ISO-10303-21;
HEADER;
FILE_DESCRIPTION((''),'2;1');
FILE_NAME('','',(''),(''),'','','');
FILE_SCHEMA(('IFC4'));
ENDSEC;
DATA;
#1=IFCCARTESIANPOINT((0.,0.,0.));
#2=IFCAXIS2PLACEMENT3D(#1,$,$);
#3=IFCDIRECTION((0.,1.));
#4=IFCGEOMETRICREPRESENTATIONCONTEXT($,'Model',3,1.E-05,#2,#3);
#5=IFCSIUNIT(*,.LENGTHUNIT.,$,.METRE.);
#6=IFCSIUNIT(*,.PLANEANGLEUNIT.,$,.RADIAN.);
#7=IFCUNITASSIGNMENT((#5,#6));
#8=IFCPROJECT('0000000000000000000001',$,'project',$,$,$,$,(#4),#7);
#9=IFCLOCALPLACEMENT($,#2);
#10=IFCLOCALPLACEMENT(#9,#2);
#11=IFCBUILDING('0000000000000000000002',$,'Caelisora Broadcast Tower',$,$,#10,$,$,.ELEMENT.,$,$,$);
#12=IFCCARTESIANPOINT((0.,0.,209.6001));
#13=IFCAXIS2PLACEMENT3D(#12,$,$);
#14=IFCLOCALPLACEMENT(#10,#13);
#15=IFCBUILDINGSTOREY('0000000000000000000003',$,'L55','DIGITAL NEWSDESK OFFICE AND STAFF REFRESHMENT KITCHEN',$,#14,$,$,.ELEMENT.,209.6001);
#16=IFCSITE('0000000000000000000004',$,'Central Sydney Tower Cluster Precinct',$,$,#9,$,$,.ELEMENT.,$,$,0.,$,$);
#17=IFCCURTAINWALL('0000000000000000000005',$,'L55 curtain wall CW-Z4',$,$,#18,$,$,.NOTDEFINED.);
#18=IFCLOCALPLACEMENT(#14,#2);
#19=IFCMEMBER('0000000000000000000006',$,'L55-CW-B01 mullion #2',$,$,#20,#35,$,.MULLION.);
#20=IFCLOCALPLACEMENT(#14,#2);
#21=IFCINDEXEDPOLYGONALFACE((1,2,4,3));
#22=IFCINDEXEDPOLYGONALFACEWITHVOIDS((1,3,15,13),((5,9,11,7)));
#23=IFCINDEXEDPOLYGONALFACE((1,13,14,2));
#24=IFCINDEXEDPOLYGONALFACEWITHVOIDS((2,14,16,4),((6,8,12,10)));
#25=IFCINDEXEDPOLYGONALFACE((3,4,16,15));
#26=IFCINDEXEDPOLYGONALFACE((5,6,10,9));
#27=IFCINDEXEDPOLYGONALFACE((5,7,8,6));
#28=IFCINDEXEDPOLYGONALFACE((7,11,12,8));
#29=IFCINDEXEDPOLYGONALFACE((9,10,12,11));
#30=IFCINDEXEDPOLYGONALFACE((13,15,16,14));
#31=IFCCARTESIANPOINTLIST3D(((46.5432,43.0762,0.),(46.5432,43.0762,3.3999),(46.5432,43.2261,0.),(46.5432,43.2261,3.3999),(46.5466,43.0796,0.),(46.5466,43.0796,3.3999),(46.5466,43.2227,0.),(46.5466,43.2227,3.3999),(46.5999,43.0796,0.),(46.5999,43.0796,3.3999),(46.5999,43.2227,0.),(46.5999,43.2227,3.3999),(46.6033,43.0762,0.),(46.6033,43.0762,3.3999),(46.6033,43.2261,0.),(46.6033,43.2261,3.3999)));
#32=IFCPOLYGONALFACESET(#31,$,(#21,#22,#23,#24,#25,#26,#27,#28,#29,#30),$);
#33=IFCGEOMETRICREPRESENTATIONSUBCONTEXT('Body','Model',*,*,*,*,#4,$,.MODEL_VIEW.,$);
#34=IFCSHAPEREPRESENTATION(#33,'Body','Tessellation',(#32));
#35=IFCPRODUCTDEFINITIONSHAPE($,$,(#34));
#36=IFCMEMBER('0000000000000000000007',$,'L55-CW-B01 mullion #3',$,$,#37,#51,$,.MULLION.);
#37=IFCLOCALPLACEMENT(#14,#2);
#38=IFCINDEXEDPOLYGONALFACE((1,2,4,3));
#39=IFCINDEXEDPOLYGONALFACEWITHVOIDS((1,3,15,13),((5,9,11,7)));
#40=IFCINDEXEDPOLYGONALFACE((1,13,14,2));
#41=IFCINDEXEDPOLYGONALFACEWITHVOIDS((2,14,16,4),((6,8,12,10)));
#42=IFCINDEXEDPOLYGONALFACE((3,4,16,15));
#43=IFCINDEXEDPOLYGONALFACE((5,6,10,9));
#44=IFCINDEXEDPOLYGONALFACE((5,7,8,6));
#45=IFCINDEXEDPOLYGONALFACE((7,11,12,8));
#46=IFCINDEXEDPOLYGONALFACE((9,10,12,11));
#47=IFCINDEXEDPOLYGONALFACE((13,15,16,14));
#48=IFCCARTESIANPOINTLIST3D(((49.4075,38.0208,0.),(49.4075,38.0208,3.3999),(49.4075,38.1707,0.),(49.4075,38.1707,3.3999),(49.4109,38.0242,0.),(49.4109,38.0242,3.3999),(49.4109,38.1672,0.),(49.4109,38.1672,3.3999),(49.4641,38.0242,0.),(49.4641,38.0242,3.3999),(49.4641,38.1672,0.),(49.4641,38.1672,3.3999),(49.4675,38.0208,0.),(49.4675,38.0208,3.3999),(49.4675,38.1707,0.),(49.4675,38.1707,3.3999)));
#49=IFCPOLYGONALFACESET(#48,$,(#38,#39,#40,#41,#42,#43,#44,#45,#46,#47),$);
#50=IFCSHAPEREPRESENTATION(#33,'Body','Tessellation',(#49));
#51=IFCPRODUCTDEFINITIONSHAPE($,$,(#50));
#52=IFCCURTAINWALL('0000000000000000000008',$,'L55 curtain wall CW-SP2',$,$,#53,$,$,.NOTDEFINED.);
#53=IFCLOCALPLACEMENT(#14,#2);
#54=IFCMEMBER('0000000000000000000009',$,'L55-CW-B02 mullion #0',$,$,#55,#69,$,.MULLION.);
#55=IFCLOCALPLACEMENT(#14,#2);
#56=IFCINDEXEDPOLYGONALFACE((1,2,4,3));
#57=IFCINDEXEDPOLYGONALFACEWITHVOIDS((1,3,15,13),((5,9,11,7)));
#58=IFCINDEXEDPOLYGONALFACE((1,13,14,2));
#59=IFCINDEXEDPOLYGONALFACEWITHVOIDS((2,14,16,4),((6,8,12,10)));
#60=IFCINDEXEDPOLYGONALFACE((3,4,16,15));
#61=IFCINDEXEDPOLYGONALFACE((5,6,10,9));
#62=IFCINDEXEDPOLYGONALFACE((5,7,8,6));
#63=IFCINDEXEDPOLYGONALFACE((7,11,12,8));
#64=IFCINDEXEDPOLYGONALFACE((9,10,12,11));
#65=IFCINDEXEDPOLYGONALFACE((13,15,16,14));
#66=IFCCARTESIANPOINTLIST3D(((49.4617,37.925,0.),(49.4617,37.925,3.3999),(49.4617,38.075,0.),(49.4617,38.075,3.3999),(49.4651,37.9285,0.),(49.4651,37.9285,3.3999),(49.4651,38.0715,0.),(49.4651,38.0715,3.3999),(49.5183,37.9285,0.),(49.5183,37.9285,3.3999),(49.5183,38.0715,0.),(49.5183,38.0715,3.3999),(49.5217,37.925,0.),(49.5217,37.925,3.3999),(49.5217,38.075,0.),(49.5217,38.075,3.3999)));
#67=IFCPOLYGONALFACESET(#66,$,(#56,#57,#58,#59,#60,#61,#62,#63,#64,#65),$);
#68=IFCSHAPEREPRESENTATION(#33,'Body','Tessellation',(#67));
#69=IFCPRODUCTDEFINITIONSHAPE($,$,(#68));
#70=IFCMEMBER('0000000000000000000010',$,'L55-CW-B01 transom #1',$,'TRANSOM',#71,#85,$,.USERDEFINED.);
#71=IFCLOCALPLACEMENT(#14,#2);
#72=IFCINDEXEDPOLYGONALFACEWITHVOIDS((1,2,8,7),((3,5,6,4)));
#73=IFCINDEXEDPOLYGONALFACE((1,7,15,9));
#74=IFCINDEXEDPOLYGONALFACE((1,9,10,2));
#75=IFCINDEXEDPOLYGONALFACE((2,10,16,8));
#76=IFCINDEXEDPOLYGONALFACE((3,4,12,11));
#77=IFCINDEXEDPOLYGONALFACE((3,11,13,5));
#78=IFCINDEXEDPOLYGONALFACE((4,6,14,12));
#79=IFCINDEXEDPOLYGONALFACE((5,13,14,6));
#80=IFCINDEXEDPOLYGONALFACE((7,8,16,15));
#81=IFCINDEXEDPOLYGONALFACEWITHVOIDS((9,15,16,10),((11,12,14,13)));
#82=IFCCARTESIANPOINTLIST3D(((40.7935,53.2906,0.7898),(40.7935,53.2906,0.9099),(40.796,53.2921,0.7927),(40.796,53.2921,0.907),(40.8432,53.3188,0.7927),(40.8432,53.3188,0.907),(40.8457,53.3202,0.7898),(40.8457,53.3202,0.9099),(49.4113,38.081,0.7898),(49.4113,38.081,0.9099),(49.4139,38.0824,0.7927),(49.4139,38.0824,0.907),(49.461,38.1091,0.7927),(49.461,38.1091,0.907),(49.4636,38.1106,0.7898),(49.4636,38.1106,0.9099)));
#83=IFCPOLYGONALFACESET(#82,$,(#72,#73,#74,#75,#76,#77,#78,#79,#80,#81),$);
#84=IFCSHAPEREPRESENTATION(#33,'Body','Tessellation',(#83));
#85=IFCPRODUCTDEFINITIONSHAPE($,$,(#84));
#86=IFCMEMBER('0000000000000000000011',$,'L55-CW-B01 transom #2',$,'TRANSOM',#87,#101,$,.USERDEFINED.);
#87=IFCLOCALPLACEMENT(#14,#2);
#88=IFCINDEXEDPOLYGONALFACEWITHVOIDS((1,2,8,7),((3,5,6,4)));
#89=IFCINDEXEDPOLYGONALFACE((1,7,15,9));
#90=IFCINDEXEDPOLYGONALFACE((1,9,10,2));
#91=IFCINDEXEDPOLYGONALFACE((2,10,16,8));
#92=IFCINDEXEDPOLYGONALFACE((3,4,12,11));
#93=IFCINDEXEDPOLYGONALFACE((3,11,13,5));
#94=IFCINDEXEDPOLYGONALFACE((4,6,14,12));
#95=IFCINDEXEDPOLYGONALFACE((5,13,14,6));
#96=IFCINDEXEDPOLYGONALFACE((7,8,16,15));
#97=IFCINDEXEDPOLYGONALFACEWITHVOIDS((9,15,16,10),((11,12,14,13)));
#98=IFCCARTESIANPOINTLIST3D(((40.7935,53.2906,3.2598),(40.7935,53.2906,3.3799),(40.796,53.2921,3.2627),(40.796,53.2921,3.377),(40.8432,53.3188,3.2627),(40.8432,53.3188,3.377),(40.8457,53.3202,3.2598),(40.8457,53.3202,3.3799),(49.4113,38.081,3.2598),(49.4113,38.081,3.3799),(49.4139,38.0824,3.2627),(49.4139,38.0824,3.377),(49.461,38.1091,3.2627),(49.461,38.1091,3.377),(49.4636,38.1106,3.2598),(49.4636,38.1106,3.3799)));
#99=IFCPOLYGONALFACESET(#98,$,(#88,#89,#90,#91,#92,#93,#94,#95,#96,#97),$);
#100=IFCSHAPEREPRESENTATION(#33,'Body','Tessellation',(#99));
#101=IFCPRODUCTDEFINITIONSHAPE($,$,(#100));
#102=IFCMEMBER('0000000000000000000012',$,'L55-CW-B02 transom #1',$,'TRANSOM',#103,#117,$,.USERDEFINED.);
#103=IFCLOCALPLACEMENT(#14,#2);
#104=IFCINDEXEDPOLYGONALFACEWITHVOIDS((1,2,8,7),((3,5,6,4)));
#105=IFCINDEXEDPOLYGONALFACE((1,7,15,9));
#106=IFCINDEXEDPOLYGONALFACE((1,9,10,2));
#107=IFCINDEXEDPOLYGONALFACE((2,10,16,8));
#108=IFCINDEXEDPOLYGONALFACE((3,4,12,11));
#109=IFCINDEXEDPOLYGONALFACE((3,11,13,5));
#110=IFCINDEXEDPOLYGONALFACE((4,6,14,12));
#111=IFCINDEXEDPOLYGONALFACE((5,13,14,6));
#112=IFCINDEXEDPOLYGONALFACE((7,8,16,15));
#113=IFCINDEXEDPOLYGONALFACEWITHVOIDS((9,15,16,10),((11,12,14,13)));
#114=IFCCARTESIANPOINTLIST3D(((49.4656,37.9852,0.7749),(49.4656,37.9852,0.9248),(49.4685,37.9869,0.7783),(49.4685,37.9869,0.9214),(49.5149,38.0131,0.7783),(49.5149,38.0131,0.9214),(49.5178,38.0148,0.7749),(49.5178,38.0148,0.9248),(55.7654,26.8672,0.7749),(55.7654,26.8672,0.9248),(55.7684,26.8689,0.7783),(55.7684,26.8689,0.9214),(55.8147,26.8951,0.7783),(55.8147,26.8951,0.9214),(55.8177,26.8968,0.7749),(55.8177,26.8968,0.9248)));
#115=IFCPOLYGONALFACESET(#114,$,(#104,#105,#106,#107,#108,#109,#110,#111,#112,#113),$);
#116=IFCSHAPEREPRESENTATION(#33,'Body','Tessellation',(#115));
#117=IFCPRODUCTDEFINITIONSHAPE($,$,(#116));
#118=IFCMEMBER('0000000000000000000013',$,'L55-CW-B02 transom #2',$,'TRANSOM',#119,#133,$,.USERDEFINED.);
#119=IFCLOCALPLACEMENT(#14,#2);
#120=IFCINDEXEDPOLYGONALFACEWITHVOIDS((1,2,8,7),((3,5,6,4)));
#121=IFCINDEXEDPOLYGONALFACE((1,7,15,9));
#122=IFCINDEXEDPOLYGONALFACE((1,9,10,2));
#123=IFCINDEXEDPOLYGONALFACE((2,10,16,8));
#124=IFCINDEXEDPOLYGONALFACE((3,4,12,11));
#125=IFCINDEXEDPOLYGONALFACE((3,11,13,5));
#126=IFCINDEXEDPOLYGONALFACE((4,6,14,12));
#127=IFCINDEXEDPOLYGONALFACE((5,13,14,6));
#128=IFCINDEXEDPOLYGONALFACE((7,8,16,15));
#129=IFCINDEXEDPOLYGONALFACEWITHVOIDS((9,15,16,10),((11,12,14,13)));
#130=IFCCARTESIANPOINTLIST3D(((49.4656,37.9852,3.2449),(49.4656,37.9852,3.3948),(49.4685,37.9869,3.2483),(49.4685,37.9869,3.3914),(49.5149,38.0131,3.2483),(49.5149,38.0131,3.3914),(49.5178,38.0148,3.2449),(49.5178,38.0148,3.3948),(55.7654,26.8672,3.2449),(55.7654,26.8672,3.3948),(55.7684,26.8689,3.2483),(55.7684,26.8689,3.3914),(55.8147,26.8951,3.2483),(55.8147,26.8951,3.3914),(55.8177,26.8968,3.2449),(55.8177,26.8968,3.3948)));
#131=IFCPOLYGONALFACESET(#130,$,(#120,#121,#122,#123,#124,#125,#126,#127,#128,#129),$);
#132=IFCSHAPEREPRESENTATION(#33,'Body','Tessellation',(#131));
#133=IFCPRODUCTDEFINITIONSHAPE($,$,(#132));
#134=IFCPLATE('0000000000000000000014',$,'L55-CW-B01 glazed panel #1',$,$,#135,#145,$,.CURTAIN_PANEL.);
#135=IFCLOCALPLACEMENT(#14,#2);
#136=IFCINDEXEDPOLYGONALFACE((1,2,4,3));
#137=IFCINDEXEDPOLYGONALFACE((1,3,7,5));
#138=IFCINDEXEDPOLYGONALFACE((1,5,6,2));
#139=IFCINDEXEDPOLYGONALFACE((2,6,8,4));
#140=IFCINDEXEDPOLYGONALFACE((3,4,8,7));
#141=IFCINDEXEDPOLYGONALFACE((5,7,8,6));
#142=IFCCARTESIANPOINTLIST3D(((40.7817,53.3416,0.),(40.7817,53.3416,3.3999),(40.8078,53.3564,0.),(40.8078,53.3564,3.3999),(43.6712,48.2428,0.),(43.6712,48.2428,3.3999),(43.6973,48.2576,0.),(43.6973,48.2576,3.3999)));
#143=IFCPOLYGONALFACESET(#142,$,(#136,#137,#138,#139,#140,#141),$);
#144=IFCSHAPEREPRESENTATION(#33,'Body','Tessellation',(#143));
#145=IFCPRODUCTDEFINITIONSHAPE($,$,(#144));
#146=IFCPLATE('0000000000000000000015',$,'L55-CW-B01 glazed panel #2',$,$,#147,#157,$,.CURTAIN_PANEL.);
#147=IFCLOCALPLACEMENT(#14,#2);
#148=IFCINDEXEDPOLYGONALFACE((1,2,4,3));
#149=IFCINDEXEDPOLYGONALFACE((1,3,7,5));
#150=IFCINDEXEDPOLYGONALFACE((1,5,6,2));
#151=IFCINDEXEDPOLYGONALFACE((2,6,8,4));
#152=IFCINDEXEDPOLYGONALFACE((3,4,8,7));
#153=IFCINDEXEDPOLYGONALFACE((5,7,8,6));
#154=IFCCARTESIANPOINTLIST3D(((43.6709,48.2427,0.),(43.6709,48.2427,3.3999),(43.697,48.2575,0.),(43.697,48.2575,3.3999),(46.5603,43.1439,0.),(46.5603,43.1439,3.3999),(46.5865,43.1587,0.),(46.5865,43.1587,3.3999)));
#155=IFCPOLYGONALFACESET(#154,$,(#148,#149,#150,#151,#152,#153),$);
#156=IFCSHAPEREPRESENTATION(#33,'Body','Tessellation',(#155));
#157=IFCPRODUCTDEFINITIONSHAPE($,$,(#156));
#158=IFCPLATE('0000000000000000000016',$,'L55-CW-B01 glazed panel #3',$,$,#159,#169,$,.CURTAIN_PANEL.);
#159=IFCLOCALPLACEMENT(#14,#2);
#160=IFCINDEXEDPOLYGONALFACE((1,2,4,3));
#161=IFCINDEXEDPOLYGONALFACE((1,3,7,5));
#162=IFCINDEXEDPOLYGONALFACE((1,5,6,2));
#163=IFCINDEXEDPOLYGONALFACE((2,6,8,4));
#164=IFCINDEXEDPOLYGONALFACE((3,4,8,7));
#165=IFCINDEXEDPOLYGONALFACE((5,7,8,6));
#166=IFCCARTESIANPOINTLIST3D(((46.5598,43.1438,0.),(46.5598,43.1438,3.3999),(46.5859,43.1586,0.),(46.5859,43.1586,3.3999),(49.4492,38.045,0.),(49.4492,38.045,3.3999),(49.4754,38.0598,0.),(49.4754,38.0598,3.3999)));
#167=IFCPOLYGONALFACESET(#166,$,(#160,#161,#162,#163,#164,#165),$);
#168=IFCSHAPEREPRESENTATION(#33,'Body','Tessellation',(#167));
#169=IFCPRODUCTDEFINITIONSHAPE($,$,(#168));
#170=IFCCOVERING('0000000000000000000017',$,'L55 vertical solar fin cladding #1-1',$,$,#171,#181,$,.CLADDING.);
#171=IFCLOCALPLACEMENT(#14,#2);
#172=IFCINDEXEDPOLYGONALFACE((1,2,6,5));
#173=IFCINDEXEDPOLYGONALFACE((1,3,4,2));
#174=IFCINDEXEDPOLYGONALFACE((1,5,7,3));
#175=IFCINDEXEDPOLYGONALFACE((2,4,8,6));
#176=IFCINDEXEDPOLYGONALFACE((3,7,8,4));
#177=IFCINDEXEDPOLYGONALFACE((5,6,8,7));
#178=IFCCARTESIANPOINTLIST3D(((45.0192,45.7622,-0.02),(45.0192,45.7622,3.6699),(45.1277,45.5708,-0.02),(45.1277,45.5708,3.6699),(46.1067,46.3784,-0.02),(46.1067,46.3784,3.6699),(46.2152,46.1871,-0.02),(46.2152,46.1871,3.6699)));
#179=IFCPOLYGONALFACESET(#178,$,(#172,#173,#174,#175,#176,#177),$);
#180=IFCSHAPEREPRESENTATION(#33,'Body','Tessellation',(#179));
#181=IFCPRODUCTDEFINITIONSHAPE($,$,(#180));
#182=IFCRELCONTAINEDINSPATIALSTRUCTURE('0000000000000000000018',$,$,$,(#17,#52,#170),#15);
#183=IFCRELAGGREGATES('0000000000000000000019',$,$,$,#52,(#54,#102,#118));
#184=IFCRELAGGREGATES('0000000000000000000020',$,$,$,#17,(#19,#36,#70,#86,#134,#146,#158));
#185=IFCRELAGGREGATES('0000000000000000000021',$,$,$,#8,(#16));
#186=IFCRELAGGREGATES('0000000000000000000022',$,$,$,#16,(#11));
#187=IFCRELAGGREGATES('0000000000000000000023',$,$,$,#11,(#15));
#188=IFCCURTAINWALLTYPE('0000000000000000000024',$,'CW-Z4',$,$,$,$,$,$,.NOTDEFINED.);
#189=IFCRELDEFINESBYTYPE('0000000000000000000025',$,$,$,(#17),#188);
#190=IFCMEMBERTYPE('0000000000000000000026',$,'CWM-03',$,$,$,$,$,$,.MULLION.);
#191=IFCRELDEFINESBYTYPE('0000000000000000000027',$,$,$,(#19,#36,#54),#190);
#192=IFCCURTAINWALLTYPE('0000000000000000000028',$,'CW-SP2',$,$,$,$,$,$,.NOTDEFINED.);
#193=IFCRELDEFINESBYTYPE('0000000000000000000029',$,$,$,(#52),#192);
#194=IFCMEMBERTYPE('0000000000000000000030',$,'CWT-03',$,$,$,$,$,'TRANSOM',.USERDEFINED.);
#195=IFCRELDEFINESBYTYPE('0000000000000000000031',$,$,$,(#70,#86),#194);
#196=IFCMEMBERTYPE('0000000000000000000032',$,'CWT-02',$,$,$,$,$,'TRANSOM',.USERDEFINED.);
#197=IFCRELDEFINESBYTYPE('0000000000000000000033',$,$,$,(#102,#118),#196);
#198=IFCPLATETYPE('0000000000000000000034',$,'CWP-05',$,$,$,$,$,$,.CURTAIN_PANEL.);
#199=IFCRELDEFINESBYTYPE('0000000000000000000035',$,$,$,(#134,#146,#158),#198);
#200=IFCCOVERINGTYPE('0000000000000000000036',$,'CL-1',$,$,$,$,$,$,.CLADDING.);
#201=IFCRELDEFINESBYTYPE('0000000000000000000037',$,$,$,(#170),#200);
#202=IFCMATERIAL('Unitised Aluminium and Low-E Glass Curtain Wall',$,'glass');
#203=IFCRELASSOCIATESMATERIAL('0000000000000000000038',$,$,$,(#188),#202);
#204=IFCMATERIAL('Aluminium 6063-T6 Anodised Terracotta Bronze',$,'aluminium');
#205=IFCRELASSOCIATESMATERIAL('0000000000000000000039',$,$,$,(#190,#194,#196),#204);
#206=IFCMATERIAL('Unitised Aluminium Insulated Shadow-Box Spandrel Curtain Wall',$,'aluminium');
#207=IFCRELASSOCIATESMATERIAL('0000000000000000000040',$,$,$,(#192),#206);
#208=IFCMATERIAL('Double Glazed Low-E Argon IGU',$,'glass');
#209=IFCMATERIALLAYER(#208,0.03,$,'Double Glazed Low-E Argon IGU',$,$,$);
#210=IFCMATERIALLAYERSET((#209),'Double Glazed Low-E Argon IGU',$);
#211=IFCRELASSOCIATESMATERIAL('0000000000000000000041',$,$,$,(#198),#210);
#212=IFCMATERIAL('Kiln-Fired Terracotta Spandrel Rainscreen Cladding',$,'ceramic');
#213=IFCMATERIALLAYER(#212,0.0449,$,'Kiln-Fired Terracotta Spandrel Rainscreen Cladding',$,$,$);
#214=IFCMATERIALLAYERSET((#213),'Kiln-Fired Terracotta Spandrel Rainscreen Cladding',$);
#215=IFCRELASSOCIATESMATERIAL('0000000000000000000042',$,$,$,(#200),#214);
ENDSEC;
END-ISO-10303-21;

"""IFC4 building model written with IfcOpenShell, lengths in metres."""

from ifc_helpers import new_model, si_unit, direction, frame, origin, origin_2d, place, context, subcontext, project, spatial, rectangle, hollow_rectangle, extrude, source, transform, mapped, material, layer, layer_set, material_profile, profile_set, type_object, type_shapes, element, aggregate, save


model = new_model("IFC4")

# Units and contexts
model_context = context("Model", 3, precision=1e-05, world=origin(), true_north=direction((0.0, 1.0)))
body_context = subcontext(model_context, "Body", "Model", "MODEL_VIEW")
ifc_project = project(units=[si_unit("LENGTHUNIT", "METRE"), si_unit("PLANEANGLEUNIT", "RADIAN")], contexts=[model_context])

# Site, building, storey
site_placement = place(None, origin())
site = spatial("IfcSite", under=ifc_project, at=site_placement, Name="Central Sydney Tower Cluster Precinct", CompositionType="ELEMENT", RefElevation=0.0)
building_placement = place(site_placement, origin())
building = spatial("IfcBuilding", under=site, at=building_placement, Name="Caelisora Broadcast Tower", CompositionType="ELEMENT")
storey_placement = place(building_placement, frame((0.0, 0.0, 209.6001)))
storey = spatial("IfcBuildingStorey", under=building, at=storey_placement, Name="L55", Description="DIGITAL NEWSDESK OFFICE AND STAFF REFRESHMENT KITCHEN", CompositionType="ELEMENT", Elevation=209.6001)

# Curtain wall, members
ifc_material_1 = material(Name="Unitised Aluminium and Low-E Glass Curtain Wall", Category="glass")
curtain_wall_type_1 = type_object("IfcCurtainWallType", Name="CW-Z4", PredefinedType="NOTDEFINED", material=ifc_material_1)
curtain_wall_1_placement = place(storey_placement, origin())
curtain_wall_1 = element("IfcCurtainWall", 1, at=curtain_wall_1_placement, inside=storey, type_object=curtain_wall_type_1, Name="L55 curtain wall CW-Z4", PredefinedType="NOTDEFINED")
ifc_material_2 = material(Name="Aluminium 6063-T6 Anodised Terracotta Bronze", Category="aluminium")
ifc_material_profile_1 = material_profile(ifc_material_2, hollow_rectangle(XDim=0.0601, YDim=0.1499, WallThickness=0.0034, at=origin_2d()), Name="Aluminium 6063-T6 Anodised Terracotta Bronze")
ifc_profile_set_1 = profile_set([ifc_material_profile_1], Name="Aluminium 6063-T6 Anodised Terracotta Bronze")
member_type_1 = type_object("IfcMemberType", Name="CWM-03", PredefinedType="MULLION", material=ifc_profile_set_1)
shared_shape_1 = source(origin(), body_context, "Body", "SweptSolid", [
    extrude(hollow_rectangle(XDim=0.0601, YDim=0.1499, WallThickness=0.0034, at=origin_2d()), origin(), (0.0, 0.0, 1.0), 3.3999),
])
type_shapes(member_type_1, [shared_shape_1])
member_1_placement = place(storey_placement, frame((46.5732, 43.1511, 0.0), z_axis=(0.0, 0.0, 1.0), x_axis=(1.0, 0.0, 0.0)))
member_1 = element("IfcMember", 2, at=member_1_placement, type_object=member_type_1, Name="L55-CW-B01 mullion #2", PredefinedType="MULLION", context=body_context, shape_type="MappedRepresentation", body=[
    mapped(shared_shape_1, transform((0.0, 0.0, 0.0), scale=1.0)),
])
member_2_placement = place(storey_placement, frame((49.4375, 38.0957, 0.0), z_axis=(0.0, 0.0, 1.0), x_axis=(1.0, 0.0, 0.0)))
member_2 = element("IfcMember", 3, at=member_2_placement, type_object=member_type_1, Name="L55-CW-B01 mullion #3", PredefinedType="MULLION", context=body_context, shape_type="MappedRepresentation", body=[
    mapped(shared_shape_1, transform((0.0, 0.0, 0.0), scale=1.0)),
])

# Curtain wall, member
ifc_material_3 = material(Name="Unitised Aluminium Insulated Shadow-Box Spandrel Curtain Wall", Category="aluminium")
curtain_wall_type_2 = type_object("IfcCurtainWallType", Name="CW-SP2", PredefinedType="NOTDEFINED", material=ifc_material_3)
curtain_wall_2_placement = place(storey_placement, origin())
curtain_wall_2 = element("IfcCurtainWall", 4, at=curtain_wall_2_placement, inside=storey, type_object=curtain_wall_type_2, Name="L55 curtain wall CW-SP2", PredefinedType="NOTDEFINED")
member_3_placement = place(storey_placement, frame((49.4917, 38.0, 0.0), z_axis=(0.0, 0.0, 1.0), x_axis=(1.0, 0.0, 0.0)))
member_3 = element("IfcMember", 5, at=member_3_placement, type_object=member_type_1, Name="L55-CW-B02 mullion #0", PredefinedType="MULLION", context=body_context, shape_type="MappedRepresentation", body=[
    mapped(shared_shape_1, transform((0.0, 0.0, 0.0), scale=1.0)),
])

# Members
ifc_material_profile_2 = material_profile(ifc_material_2, hollow_rectangle(XDim=0.0601, YDim=0.1201, WallThickness=0.0029, at=origin_2d()), Name="Aluminium 6063-T6 Anodised Terracotta Bronze")
ifc_profile_set_2 = profile_set([ifc_material_profile_2], Name="Aluminium 6063-T6 Anodised Terracotta Bronze")
member_type_2 = type_object("IfcMemberType", Name="CWT-03", ElementType="TRANSOM", PredefinedType="USERDEFINED", material=ifc_profile_set_2)
shared_shape_2 = source(origin(), body_context, "Body", "SweptSolid", [
    extrude(hollow_rectangle(XDim=0.0601, YDim=0.1201, WallThickness=0.0029, at=origin_2d()), origin(), (0.0, 0.0, 1.0), 17.4814),
])
type_shapes(member_type_2, [shared_shape_2])
member_4_placement = place(storey_placement, frame((40.8196, 53.3054, 0.8499), z_axis=(0.492973, -0.870045, 0.0), x_axis=(0.870045, 0.492973, 0.0)))
member_4 = element("IfcMember", 6, at=member_4_placement, type_object=member_type_2, Name="L55-CW-B01 transom #1", ObjectType="TRANSOM", PredefinedType="USERDEFINED", context=body_context, shape_type="MappedRepresentation", body=[
    mapped(shared_shape_2, transform((0.0, 0.0, 0.0), scale=1.0)),
])
member_5_placement = place(storey_placement, frame((40.8196, 53.3054, 3.3198), z_axis=(0.492973, -0.870045, 0.0), x_axis=(0.870045, 0.492973, 0.0)))
member_5 = element("IfcMember", 7, at=member_5_placement, type_object=member_type_2, Name="L55-CW-B01 transom #2", ObjectType="TRANSOM", PredefinedType="USERDEFINED", context=body_context, shape_type="MappedRepresentation", body=[
    mapped(shared_shape_2, transform((0.0, 0.0, 0.0), scale=1.0)),
])
ifc_material_profile_3 = material_profile(ifc_material_2, hollow_rectangle(XDim=0.0601, YDim=0.1499, WallThickness=0.0034, at=origin_2d()), Name="Aluminium 6063-T6 Anodised Terracotta Bronze")
ifc_profile_set_3 = profile_set([ifc_material_profile_3], Name="Aluminium 6063-T6 Anodised Terracotta Bronze")
member_type_3 = type_object("IfcMemberType", Name="CWT-02", ElementType="TRANSOM", PredefinedType="USERDEFINED", material=ifc_profile_set_3)
shared_shape_3 = source(origin(), body_context, "Body", "SweptSolid", [
    extrude(hollow_rectangle(XDim=0.0601, YDim=0.1499, WallThickness=0.0034, at=origin_2d()), origin(), (0.0, 0.0, 1.0), 12.7788),
])
type_shapes(member_type_3, [shared_shape_3])
member_6_placement = place(storey_placement, frame((49.4917, 38.0, 0.8499), z_axis=(0.492992, -0.870034, 0.0), x_axis=(0.870034, 0.492992, 0.0)))
member_6 = element("IfcMember", 8, at=member_6_placement, type_object=member_type_3, Name="L55-CW-B02 transom #1", ObjectType="TRANSOM", PredefinedType="USERDEFINED", context=body_context, shape_type="MappedRepresentation", body=[
    mapped(shared_shape_3, transform((0.0, 0.0, 0.0), scale=1.0)),
])
member_7_placement = place(storey_placement, frame((49.4917, 38.0, 3.3198), z_axis=(0.492992, -0.870034, 0.0), x_axis=(0.870034, 0.492992, 0.0)))
member_7 = element("IfcMember", 9, at=member_7_placement, type_object=member_type_3, Name="L55-CW-B02 transom #2", ObjectType="TRANSOM", PredefinedType="USERDEFINED", context=body_context, shape_type="MappedRepresentation", body=[
    mapped(shared_shape_3, transform((0.0, 0.0, 0.0), scale=1.0)),
])
aggregate(curtain_wall_2, [member_3, member_6, member_7])

# Plates
ifc_material_4 = material(Name="Double Glazed Low-E Argon IGU", Category="glass")
ifc_layer_1 = layer(ifc_material_4, 0.03, Name="Double Glazed Low-E Argon IGU")
ifc_layer_set_1 = layer_set([ifc_layer_1], Name="Double Glazed Low-E Argon IGU")
plate_type = type_object("IfcPlateType", Name="CWP-05", PredefinedType="CURTAIN_PANEL", material=ifc_layer_set_1)
shared_shape_4 = source(origin(), body_context, "Body", "SweptSolid", [
    extrude(rectangle(XDim=5.8606, YDim=0.03, at=origin_2d()), origin(), (0.0, 0.0, 1.0), 3.3999),
])
type_shapes(plate_type, [shared_shape_4])
plate_1_placement = place(storey_placement, frame((42.2395, 50.7996, 0.0), z_axis=(0.0, 0.0, 1.0), x_axis=(0.493031, -0.870012, 0.0)))
plate_1 = element("IfcPlate", 10, at=plate_1_placement, type_object=plate_type, Name="L55-CW-B01 glazed panel #1", PredefinedType="CURTAIN_PANEL", context=body_context, shape_type="MappedRepresentation", body=[
    mapped(shared_shape_4, transform((0.0, 0.0, 0.0), scale=1.0)),
])
plate_2_placement = place(storey_placement, frame((45.1287, 45.7007, 0.0), z_axis=(0.0, 0.0, 1.0), x_axis=(0.493031, -0.870012, 0.0)))
plate_2 = element("IfcPlate", 11, at=plate_2_placement, type_object=plate_type, Name="L55-CW-B01 glazed panel #2", PredefinedType="CURTAIN_PANEL", context=body_context, shape_type="MappedRepresentation", body=[
    mapped(shared_shape_4, transform((0.0, 0.0, 0.0), scale=1.0)),
])
plate_3_placement = place(storey_placement, frame((48.0176, 40.6018, 0.0), z_axis=(0.0, 0.0, 1.0), x_axis=(0.493031, -0.870012, 0.0)))
plate_3 = element("IfcPlate", 12, at=plate_3_placement, type_object=plate_type, Name="L55-CW-B01 glazed panel #3", PredefinedType="CURTAIN_PANEL", context=body_context, shape_type="MappedRepresentation", body=[
    mapped(shared_shape_4, transform((0.0, 0.0, 0.0), scale=1.0)),
])
aggregate(curtain_wall_1, [member_1, member_2, member_4, member_5, plate_1, plate_2, plate_3])

# Covering
ifc_material_5 = material(Name="Kiln-Fired Terracotta Spandrel Rainscreen Cladding", Category="ceramic")
ifc_layer_2 = layer(ifc_material_5, 0.0449, Name="Kiln-Fired Terracotta Spandrel Rainscreen Cladding")
ifc_layer_set_2 = layer_set([ifc_layer_2], Name="Kiln-Fired Terracotta Spandrel Rainscreen Cladding")
covering_type = type_object("IfcCoveringType", Name="CL-1", PredefinedType="CLADDING", material=ifc_layer_set_2)
shared_shape_5 = source(origin(), body_context, "Body", "SweptSolid", [
    extrude(rectangle(XDim=0.22, YDim=1.25, at=origin_2d()), origin(), (0.0, 0.0, 1.0), 3.6899),
])
type_shapes(covering_type, [shared_shape_5])
for number, where, z_axis, x_axis, name in (
    (13, (45.6172, 45.9746, -0.02), (0.0, 0.0, 1.0), (0.493031, -0.870012, 0.0), "L55 vertical solar fin cladding #1-1"),
):
    element("IfcCovering", number, at=place(storey_placement, frame(where, z_axis=z_axis, x_axis=x_axis)), inside=storey, type_object=covering_type, Name=name, PredefinedType="CLADDING", context=body_context, shape_type="MappedRepresentation", body=[
        mapped(shared_shape_5, transform((0.0, 0.0, 0.0), scale=1.0)),
    ])

save(model, "model.ifc")
